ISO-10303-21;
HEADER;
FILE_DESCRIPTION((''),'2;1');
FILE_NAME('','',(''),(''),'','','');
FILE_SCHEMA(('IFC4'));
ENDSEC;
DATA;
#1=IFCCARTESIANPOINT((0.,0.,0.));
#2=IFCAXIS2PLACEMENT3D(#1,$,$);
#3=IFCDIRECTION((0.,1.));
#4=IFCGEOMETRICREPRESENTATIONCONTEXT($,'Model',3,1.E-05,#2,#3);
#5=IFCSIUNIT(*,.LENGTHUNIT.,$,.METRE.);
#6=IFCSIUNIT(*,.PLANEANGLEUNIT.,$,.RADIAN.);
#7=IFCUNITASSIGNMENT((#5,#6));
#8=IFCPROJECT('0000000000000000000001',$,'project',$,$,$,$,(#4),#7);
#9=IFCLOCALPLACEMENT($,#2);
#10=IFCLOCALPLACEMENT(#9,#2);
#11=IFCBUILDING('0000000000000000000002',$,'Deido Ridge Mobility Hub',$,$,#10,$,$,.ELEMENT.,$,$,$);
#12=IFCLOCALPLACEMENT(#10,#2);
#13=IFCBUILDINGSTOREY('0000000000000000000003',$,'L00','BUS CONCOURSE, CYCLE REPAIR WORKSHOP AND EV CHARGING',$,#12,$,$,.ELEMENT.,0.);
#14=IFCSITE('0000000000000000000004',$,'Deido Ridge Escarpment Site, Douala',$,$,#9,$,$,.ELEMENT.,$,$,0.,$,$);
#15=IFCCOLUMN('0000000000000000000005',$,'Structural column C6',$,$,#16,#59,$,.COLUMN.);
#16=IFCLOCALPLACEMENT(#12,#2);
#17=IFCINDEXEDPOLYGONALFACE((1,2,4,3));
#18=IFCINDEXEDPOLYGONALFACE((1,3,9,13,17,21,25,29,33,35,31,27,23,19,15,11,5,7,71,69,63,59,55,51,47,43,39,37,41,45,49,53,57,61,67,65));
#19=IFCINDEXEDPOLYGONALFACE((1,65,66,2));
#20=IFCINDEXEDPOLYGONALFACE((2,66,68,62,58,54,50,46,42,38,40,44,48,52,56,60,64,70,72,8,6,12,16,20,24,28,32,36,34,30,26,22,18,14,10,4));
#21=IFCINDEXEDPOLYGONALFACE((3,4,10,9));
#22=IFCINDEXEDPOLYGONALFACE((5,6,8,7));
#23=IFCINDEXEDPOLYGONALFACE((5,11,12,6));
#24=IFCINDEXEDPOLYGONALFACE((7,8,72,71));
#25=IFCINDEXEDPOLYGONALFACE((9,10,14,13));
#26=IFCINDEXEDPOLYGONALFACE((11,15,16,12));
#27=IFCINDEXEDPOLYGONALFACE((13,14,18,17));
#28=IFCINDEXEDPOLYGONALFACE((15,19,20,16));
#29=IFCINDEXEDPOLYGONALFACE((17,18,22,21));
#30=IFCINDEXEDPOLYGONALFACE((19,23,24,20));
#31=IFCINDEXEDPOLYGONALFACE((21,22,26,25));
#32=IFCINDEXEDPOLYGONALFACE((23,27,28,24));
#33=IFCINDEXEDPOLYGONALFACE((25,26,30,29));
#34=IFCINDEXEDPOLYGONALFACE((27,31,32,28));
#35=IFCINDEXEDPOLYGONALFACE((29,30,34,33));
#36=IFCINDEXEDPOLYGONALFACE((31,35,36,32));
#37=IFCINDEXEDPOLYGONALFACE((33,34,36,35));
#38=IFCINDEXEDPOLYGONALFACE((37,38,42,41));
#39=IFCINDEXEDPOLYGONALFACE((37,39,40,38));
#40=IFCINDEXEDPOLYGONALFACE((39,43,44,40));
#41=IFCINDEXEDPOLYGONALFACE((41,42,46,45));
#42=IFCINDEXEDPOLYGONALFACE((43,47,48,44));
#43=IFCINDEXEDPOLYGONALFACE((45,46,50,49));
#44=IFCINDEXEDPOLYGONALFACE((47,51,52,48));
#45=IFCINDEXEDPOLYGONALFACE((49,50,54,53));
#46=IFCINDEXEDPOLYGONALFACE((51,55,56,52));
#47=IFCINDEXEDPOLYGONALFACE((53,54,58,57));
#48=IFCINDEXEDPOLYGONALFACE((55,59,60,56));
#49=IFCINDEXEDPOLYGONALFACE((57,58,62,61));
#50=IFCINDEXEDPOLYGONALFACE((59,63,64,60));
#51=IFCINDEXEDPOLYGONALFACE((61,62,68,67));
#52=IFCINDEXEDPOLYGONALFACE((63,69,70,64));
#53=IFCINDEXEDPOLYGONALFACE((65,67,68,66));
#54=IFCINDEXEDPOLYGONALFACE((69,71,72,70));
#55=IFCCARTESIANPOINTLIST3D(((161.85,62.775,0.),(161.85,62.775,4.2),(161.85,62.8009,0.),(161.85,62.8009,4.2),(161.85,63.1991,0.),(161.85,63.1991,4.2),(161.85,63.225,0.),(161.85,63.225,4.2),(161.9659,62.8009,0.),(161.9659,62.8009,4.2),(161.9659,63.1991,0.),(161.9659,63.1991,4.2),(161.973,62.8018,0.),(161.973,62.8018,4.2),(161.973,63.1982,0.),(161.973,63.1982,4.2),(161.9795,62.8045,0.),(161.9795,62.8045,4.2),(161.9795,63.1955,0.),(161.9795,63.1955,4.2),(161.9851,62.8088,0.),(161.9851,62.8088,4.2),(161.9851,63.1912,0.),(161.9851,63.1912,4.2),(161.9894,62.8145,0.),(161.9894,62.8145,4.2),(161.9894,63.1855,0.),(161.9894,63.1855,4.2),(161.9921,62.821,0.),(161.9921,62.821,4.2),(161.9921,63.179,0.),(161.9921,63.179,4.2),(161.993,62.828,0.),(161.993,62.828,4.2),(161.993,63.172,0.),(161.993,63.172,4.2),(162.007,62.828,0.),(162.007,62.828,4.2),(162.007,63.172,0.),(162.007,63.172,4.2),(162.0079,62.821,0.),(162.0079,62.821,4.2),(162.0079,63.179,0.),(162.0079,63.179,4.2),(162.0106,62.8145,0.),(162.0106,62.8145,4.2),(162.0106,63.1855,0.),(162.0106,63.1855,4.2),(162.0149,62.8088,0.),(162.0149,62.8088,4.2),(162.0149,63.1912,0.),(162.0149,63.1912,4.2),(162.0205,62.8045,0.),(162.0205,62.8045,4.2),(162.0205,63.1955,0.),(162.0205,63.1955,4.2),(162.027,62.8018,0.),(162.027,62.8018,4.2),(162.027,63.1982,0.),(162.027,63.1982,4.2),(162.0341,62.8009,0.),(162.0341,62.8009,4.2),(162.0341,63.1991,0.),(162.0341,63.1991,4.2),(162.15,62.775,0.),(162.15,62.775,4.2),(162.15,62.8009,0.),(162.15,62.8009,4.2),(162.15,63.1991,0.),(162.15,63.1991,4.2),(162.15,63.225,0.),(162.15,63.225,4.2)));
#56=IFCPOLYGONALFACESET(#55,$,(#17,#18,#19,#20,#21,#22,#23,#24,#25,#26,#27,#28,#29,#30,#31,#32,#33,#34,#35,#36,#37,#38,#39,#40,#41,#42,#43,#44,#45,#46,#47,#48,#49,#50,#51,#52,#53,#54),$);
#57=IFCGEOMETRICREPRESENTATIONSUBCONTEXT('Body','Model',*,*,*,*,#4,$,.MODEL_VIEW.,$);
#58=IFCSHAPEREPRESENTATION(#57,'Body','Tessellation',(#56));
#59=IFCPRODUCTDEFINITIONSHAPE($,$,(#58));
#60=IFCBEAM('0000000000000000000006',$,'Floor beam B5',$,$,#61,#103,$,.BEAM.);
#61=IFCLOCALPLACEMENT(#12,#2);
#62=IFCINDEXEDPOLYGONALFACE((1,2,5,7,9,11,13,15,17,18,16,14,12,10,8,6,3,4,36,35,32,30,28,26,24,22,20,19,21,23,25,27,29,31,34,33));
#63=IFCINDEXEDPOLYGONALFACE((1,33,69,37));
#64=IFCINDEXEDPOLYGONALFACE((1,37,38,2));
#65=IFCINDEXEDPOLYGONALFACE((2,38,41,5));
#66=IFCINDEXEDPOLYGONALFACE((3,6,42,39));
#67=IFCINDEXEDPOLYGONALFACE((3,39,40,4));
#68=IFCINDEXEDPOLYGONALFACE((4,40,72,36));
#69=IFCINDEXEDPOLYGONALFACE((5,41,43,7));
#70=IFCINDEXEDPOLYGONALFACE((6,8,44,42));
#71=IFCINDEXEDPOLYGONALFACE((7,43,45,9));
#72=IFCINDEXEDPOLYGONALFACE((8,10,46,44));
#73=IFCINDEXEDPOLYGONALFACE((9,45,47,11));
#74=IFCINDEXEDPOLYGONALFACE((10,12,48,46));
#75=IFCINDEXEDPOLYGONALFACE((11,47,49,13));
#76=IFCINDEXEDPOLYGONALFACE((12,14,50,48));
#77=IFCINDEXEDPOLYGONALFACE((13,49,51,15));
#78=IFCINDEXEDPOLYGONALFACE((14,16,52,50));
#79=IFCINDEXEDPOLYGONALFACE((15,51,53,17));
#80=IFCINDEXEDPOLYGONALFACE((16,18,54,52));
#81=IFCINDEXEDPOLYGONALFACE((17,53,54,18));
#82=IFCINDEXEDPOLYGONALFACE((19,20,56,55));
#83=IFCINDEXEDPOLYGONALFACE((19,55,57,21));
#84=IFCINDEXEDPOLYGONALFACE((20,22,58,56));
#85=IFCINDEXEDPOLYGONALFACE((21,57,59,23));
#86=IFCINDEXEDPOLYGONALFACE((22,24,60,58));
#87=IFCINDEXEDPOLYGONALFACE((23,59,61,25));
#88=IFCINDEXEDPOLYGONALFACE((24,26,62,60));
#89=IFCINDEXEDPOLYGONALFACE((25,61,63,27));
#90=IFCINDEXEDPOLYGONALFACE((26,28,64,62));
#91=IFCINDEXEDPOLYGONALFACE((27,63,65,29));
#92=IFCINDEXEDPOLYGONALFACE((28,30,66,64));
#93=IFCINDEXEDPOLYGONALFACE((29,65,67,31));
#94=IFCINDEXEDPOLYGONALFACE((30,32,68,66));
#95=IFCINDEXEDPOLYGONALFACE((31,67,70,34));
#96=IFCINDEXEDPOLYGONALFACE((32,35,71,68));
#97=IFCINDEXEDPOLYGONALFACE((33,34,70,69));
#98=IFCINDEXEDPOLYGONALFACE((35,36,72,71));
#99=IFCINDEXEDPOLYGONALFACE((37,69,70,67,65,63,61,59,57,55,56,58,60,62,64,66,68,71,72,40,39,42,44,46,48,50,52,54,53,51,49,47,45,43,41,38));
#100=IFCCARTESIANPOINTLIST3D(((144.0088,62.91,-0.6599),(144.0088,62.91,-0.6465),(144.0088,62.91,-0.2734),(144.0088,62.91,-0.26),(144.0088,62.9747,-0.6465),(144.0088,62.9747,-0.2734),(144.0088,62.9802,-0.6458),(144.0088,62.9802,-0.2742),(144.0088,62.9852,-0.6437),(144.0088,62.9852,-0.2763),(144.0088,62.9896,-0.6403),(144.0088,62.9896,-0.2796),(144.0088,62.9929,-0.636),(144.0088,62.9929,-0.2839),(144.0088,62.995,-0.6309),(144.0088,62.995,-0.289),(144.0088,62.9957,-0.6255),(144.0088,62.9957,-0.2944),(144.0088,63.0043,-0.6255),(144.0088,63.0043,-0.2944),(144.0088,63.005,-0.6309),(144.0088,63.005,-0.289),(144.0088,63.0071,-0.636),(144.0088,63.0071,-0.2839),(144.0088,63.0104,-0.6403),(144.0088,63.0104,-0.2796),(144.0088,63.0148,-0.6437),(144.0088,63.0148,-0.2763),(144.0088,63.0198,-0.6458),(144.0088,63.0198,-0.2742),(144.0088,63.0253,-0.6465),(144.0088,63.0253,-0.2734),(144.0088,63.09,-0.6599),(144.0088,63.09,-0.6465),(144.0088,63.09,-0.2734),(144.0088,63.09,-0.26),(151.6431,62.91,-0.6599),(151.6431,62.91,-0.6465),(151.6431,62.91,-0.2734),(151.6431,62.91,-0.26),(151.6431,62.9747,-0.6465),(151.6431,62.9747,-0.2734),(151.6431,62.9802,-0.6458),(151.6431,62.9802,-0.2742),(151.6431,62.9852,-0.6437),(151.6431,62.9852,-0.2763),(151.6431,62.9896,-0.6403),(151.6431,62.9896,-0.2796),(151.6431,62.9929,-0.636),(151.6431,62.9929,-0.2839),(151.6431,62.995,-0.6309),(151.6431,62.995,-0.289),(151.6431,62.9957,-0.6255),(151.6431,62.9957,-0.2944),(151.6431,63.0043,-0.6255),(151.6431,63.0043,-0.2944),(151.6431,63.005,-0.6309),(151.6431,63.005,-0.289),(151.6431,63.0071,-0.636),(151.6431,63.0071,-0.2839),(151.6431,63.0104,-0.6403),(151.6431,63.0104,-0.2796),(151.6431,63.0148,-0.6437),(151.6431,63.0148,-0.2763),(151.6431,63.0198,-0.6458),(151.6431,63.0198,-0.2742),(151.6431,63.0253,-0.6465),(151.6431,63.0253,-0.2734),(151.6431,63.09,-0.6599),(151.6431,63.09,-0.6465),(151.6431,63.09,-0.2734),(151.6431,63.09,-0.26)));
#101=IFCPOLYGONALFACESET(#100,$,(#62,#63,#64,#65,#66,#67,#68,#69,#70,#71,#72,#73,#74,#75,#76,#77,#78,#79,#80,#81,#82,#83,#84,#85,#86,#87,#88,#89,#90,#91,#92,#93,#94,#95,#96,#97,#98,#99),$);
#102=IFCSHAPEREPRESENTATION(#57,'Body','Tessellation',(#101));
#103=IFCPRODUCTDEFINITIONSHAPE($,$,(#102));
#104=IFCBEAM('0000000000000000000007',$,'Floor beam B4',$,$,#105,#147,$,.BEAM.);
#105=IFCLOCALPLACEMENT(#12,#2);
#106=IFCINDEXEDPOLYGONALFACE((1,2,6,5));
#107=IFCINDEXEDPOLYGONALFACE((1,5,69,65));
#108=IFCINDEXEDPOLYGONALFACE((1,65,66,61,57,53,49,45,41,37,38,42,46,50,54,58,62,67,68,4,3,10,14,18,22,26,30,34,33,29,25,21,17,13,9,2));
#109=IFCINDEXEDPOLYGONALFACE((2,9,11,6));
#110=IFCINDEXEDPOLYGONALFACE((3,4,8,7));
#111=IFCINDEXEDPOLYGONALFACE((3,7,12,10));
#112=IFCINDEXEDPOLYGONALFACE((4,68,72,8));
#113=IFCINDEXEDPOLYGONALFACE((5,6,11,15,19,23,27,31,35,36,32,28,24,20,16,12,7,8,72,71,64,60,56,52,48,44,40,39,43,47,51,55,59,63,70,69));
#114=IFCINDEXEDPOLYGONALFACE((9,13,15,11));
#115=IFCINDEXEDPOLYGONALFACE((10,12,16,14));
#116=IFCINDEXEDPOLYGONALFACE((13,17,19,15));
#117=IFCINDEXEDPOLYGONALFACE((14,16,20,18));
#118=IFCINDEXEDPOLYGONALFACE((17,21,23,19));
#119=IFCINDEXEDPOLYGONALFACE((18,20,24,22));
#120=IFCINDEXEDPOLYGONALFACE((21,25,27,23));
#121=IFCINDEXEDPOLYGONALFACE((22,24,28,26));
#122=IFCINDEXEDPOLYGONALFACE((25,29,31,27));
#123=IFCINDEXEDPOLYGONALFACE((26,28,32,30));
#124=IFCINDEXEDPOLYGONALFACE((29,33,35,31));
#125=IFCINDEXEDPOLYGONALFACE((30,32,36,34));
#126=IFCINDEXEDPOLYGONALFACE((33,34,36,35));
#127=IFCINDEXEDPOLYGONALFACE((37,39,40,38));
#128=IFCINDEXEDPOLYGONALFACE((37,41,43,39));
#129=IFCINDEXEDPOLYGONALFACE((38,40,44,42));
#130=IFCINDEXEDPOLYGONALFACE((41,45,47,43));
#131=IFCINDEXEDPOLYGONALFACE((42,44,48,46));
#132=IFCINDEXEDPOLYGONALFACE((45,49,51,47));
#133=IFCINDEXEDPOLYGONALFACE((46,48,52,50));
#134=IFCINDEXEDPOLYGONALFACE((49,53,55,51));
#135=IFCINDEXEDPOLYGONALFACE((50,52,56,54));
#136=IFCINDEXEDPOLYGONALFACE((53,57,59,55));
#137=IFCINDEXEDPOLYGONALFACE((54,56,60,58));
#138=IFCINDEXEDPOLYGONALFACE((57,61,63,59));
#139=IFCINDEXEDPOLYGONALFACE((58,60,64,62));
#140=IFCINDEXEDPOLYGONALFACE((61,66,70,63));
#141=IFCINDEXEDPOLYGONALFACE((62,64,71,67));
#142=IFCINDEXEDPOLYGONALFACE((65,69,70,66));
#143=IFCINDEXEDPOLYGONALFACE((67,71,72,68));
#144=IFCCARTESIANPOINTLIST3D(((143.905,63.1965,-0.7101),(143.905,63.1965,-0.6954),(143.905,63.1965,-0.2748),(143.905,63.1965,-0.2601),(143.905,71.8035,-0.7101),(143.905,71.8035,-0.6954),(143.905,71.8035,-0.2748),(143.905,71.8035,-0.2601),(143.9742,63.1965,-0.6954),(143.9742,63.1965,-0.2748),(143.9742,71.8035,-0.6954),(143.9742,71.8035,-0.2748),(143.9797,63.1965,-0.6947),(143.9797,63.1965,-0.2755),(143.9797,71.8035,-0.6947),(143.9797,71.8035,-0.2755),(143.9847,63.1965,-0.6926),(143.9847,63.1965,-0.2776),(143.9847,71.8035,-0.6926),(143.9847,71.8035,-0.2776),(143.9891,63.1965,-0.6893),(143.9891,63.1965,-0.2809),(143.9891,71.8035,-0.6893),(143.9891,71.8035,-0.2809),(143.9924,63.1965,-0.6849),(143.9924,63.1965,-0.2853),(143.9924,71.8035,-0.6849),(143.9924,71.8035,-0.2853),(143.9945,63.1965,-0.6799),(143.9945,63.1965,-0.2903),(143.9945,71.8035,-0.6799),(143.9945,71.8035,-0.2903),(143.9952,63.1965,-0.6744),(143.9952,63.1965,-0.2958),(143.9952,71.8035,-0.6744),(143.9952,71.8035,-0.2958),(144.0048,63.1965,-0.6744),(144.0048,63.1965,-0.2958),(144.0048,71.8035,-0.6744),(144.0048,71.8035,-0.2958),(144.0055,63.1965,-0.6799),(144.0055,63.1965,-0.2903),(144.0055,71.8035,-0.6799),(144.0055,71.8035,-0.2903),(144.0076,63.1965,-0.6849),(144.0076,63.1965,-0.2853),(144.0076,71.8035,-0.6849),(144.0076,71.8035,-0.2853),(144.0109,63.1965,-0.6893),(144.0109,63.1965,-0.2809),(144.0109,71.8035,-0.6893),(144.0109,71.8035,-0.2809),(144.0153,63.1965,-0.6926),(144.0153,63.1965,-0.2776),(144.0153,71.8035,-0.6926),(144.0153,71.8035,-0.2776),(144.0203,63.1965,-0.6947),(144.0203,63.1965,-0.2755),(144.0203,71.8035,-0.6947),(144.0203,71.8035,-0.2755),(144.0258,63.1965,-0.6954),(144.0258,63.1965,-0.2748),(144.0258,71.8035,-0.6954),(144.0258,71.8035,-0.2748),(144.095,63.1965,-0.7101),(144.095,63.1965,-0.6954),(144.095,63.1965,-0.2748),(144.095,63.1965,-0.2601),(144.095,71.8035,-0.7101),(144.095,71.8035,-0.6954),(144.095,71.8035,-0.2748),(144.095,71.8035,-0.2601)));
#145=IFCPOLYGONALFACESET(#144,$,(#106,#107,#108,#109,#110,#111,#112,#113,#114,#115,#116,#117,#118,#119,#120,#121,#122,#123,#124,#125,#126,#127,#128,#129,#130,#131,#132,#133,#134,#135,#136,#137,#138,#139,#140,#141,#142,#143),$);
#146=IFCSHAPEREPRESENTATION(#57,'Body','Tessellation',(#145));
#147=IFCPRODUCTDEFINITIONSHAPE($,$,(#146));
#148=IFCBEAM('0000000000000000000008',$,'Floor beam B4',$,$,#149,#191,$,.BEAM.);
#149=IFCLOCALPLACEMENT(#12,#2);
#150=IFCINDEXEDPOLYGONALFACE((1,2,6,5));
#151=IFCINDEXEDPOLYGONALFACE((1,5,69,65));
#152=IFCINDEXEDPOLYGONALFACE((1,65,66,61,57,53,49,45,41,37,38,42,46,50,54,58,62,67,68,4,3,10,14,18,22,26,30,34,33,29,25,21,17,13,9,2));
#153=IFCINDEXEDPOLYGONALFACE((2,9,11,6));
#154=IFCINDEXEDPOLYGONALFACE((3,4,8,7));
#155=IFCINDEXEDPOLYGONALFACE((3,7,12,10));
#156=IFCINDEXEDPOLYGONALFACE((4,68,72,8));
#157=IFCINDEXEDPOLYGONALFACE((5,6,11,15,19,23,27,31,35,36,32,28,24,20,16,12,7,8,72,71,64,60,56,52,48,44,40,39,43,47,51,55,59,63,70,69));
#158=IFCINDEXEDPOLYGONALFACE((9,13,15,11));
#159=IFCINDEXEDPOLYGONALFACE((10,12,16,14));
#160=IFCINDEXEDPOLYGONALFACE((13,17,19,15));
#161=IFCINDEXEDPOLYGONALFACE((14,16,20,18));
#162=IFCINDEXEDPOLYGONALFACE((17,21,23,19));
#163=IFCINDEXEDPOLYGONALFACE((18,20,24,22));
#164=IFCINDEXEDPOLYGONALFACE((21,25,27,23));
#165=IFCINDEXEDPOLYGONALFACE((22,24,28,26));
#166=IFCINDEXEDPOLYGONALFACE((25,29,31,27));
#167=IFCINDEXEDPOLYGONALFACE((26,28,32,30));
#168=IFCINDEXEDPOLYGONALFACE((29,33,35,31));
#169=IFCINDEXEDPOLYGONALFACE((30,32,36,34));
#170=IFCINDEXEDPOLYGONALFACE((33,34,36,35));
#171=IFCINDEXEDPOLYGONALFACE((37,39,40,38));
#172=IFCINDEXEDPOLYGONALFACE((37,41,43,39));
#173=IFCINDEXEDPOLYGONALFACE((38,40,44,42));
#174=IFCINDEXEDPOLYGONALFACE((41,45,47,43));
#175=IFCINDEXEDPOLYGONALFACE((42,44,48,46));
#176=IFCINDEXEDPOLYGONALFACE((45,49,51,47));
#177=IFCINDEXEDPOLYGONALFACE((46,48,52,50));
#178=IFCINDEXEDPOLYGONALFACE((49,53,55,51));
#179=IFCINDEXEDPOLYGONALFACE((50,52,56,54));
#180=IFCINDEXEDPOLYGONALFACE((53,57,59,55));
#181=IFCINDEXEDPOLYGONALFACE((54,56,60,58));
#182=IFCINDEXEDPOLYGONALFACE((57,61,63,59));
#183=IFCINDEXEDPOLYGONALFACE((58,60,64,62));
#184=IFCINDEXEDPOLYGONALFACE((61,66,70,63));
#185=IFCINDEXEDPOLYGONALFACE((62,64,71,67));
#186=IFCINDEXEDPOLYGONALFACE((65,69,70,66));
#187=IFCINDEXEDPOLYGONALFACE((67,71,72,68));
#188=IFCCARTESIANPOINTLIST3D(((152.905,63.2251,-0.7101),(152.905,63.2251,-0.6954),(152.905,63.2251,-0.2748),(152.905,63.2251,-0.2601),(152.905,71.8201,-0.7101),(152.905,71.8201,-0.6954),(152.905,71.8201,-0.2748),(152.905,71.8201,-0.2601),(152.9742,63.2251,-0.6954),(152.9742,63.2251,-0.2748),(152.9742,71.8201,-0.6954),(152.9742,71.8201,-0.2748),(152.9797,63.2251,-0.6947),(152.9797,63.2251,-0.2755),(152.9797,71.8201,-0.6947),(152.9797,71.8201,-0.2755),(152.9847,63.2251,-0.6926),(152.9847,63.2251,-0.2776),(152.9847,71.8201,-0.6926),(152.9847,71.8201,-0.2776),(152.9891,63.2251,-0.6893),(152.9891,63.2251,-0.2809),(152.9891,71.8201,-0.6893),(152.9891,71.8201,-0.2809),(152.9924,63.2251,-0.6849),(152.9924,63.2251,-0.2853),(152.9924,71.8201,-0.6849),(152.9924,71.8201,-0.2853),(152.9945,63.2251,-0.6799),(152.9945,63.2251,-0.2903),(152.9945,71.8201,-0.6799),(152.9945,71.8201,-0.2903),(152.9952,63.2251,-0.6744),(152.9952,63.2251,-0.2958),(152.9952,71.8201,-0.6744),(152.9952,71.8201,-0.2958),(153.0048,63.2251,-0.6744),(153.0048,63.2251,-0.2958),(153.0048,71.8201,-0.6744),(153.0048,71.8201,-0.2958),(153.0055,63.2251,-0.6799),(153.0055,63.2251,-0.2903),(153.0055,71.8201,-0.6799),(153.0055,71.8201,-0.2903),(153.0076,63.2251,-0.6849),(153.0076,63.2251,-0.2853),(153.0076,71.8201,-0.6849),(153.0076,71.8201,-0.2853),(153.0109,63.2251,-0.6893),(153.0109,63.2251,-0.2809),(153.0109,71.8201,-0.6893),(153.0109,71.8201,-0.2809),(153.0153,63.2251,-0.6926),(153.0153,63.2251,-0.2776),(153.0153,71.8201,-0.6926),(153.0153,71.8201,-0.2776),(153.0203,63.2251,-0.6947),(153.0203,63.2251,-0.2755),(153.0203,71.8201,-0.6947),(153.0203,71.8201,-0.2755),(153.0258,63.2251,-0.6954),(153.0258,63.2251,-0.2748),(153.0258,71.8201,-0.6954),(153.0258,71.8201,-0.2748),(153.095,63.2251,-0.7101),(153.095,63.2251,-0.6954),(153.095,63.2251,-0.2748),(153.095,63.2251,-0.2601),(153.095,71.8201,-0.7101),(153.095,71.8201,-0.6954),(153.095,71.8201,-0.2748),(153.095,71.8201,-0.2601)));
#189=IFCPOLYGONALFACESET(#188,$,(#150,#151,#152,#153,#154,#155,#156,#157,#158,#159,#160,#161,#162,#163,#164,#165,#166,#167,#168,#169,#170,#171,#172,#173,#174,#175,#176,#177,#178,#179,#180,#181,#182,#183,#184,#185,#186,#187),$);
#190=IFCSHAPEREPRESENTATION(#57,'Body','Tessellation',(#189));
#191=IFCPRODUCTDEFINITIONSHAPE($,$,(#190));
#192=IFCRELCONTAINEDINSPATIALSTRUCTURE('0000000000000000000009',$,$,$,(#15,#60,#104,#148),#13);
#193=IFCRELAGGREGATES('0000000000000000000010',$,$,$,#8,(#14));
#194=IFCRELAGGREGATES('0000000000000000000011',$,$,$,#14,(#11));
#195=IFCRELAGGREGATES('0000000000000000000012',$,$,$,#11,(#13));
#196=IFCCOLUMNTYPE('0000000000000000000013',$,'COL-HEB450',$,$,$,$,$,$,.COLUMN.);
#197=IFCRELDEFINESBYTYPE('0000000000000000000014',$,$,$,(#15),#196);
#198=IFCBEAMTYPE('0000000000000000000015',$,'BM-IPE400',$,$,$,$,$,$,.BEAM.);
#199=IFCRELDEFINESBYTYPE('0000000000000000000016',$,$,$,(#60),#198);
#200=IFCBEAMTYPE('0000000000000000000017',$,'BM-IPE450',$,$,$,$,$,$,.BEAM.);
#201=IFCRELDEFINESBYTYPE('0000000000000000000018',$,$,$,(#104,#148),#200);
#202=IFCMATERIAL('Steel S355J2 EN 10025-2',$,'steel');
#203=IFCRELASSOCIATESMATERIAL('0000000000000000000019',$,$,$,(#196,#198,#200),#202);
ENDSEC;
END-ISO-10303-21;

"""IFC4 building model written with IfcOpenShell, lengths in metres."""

from ifc_helpers import new_model, si_unit, direction, frame, origin, origin_2d, place, context, subcontext, project, spatial, i_section, extrude, material, material_profile, profile_set, type_object, element, save


model = new_model("IFC4")

# Units and contexts
model_context = context("Model", 3, precision=1e-05, world=origin(), true_north=direction((0.0, 1.0)))
body_context = subcontext(model_context, "Body", "Model", "MODEL_VIEW")
ifc_project = project(units=[si_unit("LENGTHUNIT", "METRE"), si_unit("PLANEANGLEUNIT", "RADIAN")], contexts=[model_context])

# Site, building, storey
site_placement = place(None, origin())
site = spatial("IfcSite", under=ifc_project, at=site_placement, Name="Deido Ridge Escarpment Site, Douala", CompositionType="ELEMENT", RefElevation=0.0)
building_placement = place(site_placement, origin())
building = spatial("IfcBuilding", under=site, at=building_placement, Name="Deido Ridge Mobility Hub", CompositionType="ELEMENT")
storey_placement = place(building_placement, origin())
storey = spatial("IfcBuildingStorey", under=building, at=storey_placement, Name="L00", Description="BUS CONCOURSE, CYCLE REPAIR WORKSHOP AND EV CHARGING", CompositionType="ELEMENT", Elevation=0.0)

# Column
ifc_material_1 = material(Name="Steel S355J2 EN 10025-2", Category="steel")
ifc_material_profile_1 = material_profile(ifc_material_1, i_section(OverallWidth=0.3, OverallDepth=0.45, WebThickness=0.0139, FlangeThickness=0.0259, FilletRadius=0.0271, at=origin_2d()), Name="HEB 450")
ifc_profile_set_1 = profile_set([ifc_material_profile_1], Name="Steel S355J2 EN 10025-2")
column_type_1 = type_object("IfcColumnType", Name="COL-HEB450", PredefinedType="COLUMN", material=ifc_profile_set_1)
for number, where, z_axis, x_axis, name in (
    (1, (162.0, 63.0, 0.0), (0.0, 0.0, 1.0), (1.0, 0.0, 0.0), "Structural column C6"),
):
    element("IfcColumn", number, at=place(storey_placement, frame(where, z_axis=z_axis, x_axis=x_axis)), inside=storey, type_object=column_type_1, Name=name, PredefinedType="COLUMN", context=body_context, shape_type="SweptSolid", body=[
        extrude(i_section(OverallWidth=0.3, OverallDepth=0.45, WebThickness=0.0139, FlangeThickness=0.0259, FilletRadius=0.0271, at=origin_2d()), origin(), (0.0, 0.0, 1.0), 4.2),
    ])

# Beams
ifc_material_profile_2 = material_profile(ifc_material_1, i_section(OverallWidth=0.1799, OverallDepth=0.3999, WebThickness=0.0085, FlangeThickness=0.0134, FilletRadius=0.021, at=origin_2d()), Name="IPE 400")
ifc_profile_set_2 = profile_set([ifc_material_profile_2], Name="Steel S355J2 EN 10025-2")
beam_type_1 = type_object("IfcBeamType", Name="BM-IPE400", PredefinedType="BEAM", material=ifc_profile_set_2)
beam_1_placement = place(storey_placement, frame((144.0088, 63.0, -0.46), z_axis=(1.0, 0.0, 0.0), x_axis=(0.0, 1.0, 0.0)))
element("IfcBeam", 2, at=beam_1_placement, inside=storey, type_object=beam_type_1, Name="Floor beam B5", PredefinedType="BEAM", context=body_context, shape_type="SweptSolid", body=[
    extrude(i_section(OverallWidth=0.1799, OverallDepth=0.3999, WebThickness=0.0085, FlangeThickness=0.0134, FilletRadius=0.021, at=origin_2d()), origin(), (0.0, 0.0, 1.0), 7.6343),
])
ifc_material_profile_3 = material_profile(ifc_material_1, i_section(OverallWidth=0.1899, OverallDepth=0.45, WebThickness=0.0095, FlangeThickness=0.0146, FilletRadius=0.021, at=origin_2d()), Name="IPE 450")
ifc_profile_set_3 = profile_set([ifc_material_profile_3], Name="Steel S355J2 EN 10025-2")
beam_type_2 = type_object("IfcBeamType", Name="BM-IPE450", PredefinedType="BEAM", material=ifc_profile_set_3)
beam_2_placement = place(storey_placement, frame((144.0, 63.1965, -0.4851), z_axis=(0.0, 1.0, 0.0), x_axis=(-1.0, 0.0, 0.0)))
element("IfcBeam", 3, at=beam_2_placement, inside=storey, type_object=beam_type_2, Name="Floor beam B4", PredefinedType="BEAM", context=body_context, shape_type="SweptSolid", body=[
    extrude(i_section(OverallWidth=0.1899, OverallDepth=0.45, WebThickness=0.0095, FlangeThickness=0.0146, FilletRadius=0.021, at=origin_2d()), origin(), (0.0, 0.0, 1.0), 8.6069),
])
for number, where, z_axis, x_axis, name in (
    (4, (153.0, 63.2251, -0.4851), (0.0, 1.0, 0.0), (-1.0, 0.0, 0.0), "Floor beam B4"),
):
    element("IfcBeam", number, at=place(storey_placement, frame(where, z_axis=z_axis, x_axis=x_axis)), inside=storey, type_object=beam_type_2, Name=name, PredefinedType="BEAM", context=body_context, shape_type="SweptSolid", body=[
        extrude(i_section(OverallWidth=0.1899, OverallDepth=0.45, WebThickness=0.0095, FlangeThickness=0.0146, FilletRadius=0.021, at=origin_2d()), origin(), (0.0, 0.0, 1.0), 8.595),
    ])

save(model, "model.ifc")
